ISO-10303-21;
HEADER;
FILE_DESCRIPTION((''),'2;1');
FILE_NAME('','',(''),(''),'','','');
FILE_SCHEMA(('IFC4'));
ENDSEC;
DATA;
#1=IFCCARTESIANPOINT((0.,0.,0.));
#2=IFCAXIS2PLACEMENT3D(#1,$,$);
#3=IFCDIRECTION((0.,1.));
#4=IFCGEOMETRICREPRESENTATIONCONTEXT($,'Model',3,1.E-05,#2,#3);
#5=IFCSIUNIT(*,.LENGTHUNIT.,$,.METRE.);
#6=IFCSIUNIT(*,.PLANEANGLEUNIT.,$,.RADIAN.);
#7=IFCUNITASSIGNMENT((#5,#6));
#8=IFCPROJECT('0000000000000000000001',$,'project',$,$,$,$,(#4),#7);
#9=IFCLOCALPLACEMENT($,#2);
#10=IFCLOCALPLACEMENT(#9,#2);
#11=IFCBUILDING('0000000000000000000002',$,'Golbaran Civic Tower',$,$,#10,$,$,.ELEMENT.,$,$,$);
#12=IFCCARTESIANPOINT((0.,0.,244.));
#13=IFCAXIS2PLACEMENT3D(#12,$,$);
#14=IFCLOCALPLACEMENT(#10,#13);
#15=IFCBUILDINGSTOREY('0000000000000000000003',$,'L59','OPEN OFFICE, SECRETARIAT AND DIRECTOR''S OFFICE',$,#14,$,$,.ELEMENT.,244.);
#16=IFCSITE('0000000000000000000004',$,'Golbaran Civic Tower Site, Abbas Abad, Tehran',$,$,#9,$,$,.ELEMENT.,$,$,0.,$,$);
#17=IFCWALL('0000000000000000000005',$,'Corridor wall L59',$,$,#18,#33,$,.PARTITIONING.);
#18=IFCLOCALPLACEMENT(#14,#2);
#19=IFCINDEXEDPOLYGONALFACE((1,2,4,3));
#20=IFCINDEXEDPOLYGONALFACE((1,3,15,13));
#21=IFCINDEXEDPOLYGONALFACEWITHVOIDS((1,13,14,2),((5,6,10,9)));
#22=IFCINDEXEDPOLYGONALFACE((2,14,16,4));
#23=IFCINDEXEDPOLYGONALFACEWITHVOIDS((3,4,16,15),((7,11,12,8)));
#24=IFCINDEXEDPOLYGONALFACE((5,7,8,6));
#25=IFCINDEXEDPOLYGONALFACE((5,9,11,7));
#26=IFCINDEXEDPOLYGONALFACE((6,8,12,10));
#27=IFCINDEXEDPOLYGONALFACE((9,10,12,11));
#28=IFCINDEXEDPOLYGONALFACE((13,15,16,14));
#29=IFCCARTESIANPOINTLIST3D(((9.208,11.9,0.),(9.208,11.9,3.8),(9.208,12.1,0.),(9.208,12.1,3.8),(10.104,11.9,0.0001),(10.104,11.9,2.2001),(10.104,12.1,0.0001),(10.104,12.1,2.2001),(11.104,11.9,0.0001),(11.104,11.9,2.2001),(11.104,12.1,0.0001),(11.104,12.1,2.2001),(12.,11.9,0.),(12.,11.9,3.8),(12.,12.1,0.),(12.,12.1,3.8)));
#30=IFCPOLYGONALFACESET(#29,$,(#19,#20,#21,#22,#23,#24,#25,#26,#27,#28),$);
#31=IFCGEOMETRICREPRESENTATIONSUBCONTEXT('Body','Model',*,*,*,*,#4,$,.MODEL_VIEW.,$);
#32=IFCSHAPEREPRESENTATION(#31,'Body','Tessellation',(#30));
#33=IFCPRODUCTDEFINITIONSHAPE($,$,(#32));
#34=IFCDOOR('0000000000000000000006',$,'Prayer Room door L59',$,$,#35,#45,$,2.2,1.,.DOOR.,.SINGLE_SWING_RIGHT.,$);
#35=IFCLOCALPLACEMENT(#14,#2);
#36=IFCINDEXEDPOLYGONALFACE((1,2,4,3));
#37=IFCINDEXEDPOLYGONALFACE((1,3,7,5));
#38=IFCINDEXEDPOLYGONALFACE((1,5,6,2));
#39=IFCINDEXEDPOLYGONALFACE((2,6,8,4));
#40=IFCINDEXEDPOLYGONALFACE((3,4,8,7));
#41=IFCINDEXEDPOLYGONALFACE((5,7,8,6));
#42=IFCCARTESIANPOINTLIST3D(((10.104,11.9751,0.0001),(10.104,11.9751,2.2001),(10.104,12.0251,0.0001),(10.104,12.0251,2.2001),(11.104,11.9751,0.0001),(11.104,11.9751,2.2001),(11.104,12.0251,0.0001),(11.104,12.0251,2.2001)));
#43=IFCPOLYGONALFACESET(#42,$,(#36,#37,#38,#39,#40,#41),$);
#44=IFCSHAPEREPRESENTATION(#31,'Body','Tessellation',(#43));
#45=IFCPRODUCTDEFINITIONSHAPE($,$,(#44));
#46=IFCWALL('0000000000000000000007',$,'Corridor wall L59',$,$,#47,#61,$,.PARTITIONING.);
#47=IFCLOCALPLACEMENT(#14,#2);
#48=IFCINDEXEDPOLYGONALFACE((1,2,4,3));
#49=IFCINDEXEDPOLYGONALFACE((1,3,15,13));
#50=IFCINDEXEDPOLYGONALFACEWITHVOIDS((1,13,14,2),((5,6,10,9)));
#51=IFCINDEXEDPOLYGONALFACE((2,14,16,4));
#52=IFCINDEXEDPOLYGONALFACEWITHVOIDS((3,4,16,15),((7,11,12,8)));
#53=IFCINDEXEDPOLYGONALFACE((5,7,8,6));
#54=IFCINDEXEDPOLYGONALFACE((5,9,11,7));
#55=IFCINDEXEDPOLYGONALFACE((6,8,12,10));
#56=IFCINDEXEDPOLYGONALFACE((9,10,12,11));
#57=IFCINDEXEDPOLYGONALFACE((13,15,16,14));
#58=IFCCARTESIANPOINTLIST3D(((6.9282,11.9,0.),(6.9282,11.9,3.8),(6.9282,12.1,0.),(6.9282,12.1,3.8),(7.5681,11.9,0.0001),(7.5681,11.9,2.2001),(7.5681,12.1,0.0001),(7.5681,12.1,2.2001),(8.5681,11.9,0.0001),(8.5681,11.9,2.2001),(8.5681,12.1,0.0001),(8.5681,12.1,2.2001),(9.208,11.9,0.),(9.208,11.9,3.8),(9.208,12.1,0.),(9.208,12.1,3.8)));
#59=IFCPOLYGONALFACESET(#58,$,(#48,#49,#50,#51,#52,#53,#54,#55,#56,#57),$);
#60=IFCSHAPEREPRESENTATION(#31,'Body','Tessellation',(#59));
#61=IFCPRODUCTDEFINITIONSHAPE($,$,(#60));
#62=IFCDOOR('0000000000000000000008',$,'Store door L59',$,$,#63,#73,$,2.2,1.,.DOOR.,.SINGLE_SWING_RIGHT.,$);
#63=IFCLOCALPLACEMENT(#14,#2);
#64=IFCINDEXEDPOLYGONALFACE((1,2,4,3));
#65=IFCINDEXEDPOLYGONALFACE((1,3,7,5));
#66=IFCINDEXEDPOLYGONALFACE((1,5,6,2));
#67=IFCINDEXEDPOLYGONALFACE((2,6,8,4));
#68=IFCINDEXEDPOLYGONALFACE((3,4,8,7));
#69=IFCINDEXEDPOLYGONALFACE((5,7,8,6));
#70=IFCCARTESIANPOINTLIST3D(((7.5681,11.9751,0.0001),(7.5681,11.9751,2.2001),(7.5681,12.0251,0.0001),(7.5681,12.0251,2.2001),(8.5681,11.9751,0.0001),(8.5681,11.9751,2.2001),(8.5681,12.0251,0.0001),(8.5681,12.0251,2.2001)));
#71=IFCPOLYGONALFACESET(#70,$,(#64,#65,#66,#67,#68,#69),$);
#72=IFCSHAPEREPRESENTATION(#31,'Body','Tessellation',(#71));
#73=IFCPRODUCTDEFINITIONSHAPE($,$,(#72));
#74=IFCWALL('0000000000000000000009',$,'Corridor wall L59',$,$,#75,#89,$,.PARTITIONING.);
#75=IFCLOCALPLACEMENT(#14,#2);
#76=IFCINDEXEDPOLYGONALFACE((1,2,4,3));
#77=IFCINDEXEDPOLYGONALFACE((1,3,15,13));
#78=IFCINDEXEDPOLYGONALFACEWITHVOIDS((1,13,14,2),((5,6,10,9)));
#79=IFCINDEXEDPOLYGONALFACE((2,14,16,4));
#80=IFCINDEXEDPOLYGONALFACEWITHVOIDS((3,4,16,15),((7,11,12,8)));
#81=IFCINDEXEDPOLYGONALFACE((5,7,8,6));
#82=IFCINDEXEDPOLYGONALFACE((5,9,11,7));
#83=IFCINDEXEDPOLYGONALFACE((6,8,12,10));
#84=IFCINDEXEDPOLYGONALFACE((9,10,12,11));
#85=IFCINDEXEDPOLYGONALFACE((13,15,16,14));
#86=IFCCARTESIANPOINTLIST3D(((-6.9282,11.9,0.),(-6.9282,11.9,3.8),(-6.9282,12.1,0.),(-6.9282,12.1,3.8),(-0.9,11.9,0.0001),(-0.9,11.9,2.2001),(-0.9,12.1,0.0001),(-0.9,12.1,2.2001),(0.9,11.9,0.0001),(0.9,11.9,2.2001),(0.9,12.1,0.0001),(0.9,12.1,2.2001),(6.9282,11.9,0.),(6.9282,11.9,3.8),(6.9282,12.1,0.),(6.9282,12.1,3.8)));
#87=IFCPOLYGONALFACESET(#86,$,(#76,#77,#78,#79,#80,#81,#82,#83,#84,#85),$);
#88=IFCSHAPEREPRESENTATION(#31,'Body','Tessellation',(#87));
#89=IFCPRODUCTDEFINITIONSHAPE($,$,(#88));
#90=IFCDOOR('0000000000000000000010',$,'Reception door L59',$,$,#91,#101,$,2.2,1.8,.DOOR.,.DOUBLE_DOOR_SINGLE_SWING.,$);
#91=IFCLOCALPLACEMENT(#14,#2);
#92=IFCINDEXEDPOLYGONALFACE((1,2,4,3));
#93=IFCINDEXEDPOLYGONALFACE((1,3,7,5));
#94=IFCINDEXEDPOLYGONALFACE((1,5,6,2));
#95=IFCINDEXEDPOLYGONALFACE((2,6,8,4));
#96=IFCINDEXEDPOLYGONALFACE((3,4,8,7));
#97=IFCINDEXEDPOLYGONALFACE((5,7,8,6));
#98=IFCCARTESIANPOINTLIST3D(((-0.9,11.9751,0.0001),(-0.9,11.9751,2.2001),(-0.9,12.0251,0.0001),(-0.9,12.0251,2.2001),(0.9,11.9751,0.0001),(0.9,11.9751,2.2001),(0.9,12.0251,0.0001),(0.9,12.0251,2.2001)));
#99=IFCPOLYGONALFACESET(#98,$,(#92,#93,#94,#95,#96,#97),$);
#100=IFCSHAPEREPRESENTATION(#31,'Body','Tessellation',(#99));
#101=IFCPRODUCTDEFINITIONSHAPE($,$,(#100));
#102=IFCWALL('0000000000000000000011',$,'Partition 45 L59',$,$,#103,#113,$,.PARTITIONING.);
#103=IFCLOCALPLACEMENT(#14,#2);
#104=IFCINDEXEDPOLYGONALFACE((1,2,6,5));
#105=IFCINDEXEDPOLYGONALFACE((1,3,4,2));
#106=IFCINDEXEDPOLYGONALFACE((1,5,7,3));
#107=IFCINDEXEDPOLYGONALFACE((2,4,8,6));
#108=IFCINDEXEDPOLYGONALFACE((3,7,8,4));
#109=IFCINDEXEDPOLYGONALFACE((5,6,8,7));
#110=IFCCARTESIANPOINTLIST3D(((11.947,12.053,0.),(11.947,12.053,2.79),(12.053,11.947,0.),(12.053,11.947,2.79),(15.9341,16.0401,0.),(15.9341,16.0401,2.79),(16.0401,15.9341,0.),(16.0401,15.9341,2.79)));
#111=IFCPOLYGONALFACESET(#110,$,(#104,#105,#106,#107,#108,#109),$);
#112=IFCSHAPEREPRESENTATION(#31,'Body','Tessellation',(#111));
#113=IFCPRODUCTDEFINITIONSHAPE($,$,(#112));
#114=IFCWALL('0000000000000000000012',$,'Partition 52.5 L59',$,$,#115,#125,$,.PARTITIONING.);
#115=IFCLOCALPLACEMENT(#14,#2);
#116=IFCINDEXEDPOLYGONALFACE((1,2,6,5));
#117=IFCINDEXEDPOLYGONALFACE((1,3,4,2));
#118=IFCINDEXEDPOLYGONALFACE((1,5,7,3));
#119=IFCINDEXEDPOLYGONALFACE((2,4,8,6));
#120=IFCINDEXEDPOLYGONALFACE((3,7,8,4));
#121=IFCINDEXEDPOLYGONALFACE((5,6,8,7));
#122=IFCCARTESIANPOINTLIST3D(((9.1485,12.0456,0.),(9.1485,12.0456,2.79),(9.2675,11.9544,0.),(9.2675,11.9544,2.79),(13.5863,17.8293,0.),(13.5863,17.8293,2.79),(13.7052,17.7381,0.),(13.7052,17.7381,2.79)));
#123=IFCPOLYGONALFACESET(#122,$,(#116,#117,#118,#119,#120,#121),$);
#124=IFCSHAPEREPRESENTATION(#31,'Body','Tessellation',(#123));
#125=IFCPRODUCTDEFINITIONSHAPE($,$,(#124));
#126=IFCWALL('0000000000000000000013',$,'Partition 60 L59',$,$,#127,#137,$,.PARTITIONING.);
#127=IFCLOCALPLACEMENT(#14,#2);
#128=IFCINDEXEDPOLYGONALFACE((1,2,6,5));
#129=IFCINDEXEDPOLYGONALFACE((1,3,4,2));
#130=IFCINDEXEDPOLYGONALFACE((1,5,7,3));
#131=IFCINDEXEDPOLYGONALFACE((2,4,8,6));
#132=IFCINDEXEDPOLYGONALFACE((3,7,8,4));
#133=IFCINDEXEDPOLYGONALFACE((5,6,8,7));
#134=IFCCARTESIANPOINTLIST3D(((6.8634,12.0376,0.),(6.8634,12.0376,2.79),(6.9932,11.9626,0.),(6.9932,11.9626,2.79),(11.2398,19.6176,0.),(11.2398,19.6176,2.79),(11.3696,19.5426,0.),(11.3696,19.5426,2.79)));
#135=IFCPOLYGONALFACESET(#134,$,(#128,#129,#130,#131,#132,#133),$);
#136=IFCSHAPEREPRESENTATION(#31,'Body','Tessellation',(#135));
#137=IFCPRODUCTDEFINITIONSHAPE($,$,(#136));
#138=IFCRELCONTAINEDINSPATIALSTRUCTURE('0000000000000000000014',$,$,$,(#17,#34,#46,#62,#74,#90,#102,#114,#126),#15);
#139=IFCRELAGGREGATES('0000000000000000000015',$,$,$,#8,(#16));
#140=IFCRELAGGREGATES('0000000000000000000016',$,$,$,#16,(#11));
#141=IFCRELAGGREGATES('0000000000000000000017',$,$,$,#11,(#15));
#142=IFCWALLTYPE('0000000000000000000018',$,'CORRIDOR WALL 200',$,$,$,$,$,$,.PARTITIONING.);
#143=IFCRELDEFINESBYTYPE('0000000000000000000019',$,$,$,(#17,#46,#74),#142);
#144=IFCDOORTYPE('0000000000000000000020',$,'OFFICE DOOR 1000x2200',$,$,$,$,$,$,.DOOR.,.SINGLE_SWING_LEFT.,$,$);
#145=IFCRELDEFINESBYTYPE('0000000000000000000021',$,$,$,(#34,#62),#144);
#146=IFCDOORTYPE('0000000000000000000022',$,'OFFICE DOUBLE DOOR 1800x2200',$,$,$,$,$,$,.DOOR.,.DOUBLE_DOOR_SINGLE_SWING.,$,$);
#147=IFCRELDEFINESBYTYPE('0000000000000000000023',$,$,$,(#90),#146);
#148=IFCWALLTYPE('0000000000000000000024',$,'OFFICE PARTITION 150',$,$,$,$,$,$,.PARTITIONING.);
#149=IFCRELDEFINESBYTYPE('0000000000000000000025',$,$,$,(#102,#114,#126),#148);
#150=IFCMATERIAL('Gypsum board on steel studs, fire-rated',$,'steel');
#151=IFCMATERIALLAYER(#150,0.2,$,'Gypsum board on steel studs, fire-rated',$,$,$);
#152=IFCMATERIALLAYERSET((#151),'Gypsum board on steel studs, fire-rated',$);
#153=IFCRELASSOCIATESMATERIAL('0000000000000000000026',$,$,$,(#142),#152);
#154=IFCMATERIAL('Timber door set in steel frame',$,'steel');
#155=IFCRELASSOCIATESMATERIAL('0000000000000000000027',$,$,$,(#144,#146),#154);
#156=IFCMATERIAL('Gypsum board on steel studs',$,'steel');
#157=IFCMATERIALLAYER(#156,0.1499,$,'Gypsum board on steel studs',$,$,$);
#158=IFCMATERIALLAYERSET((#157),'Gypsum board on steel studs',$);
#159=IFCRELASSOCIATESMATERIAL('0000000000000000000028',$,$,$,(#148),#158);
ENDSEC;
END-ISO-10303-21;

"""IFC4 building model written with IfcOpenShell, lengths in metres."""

from ifc_helpers import new_model, si_unit, direction, frame, frame_2d, origin, place, context, subcontext, project, spatial, rectangle, extrude, material, layer, layer_set, type_object, element, fill, save


model = new_model("IFC4")

# Units and contexts
model_context = context("Model", 3, precision=1e-05, world=origin(), true_north=direction((0.0, 1.0)))
body_context = subcontext(model_context, "Body", "Model", "MODEL_VIEW")
ifc_project = project(units=[si_unit("LENGTHUNIT", "METRE"), si_unit("PLANEANGLEUNIT", "RADIAN")], contexts=[model_context])

# Site, building, storey
site_placement = place(None, origin())
site = spatial("IfcSite", under=ifc_project, at=site_placement, Name="Golbaran Civic Tower Site, Abbas Abad, Tehran", CompositionType="ELEMENT", RefElevation=0.0)
building_placement = place(site_placement, origin())
building = spatial("IfcBuilding", under=site, at=building_placement, Name="Golbaran Civic Tower", CompositionType="ELEMENT")
storey_placement = place(building_placement, frame((0.0, 0.0, 244.0)))
storey = spatial("IfcBuildingStorey", under=building, at=storey_placement, Name="L59", Description="OPEN OFFICE, SECRETARIAT AND DIRECTOR'S OFFICE", CompositionType="ELEMENT", Elevation=244.0)

# Walls, openings, doors
ifc_material_1 = material(Name="Gypsum board on steel studs, fire-rated", Category="steel")
ifc_layer_1 = layer(ifc_material_1, 0.2, Name="Gypsum board on steel studs, fire-rated")
ifc_layer_set_1 = layer_set([ifc_layer_1], Name="Gypsum board on steel studs, fire-rated")
wall_type_1 = type_object("IfcWallType", Name="CORRIDOR WALL 200", PredefinedType="PARTITIONING", material=ifc_layer_set_1)
wall_1_placement = place(storey_placement, frame((12.0, 12.0, 0.0), z_axis=(0.0, 0.0, 1.0), x_axis=(-1.0, 0.0, 0.0)))
wall_1 = element("IfcWall", 1, at=wall_1_placement, inside=storey, type_object=wall_type_1, Name="Corridor wall L59", PredefinedType="PARTITIONING", context=body_context, shape_type="SweptSolid", body=[
    extrude(rectangle(XDim=2.792, YDim=0.2, at=frame_2d((1.396, 0.0))), origin(), (0.0, 0.0, 1.0), 3.8),
])
opening_1_placement = place(wall_1_placement, frame((0.896, 0.0, 0.0)))
opening_1 = element("IfcOpeningElement", 2, at=opening_1_placement, cuts=wall_1, PredefinedType="OPENING", context=body_context, shape_type="SweptSolid", body=[
    extrude(rectangle(XDim=1.0, YDim=2.2, at=frame_2d((0.5, 1.1001))), frame((0.0, 0.1099, 0.0), z_axis=(0.0, -1.0, 0.0), x_axis=(1.0, 0.0, 0.0)), (0.0, 0.0, 1.0), 0.22),
])
ifc_material_2 = material(Name="Timber door set in steel frame", Category="steel")
door_type_1 = type_object("IfcDoorType", Name="OFFICE DOOR 1000x2200", OperationType="SINGLE_SWING_LEFT", PredefinedType="DOOR", material=ifc_material_2)
door_1_placement = place(opening_1_placement, origin())
door_1 = element("IfcDoor", 3, at=door_1_placement, inside=storey, type_object=door_type_1, Name="Prayer Room door L59", OperationType="SINGLE_SWING_RIGHT", OverallHeight=2.2, OverallWidth=1.0, PredefinedType="DOOR", context=body_context, shape_type="SweptSolid", body=[
    extrude(rectangle(XDim=1.0, YDim=2.2, at=frame_2d((0.5, 1.1001))), frame((0.0, 0.0249, 0.0), z_axis=(0.0, -1.0, 0.0), x_axis=(1.0, 0.0, 0.0)), (0.0, 0.0, 1.0), 0.05),
])
fill(opening_1, door_1)
wall_2_placement = place(storey_placement, frame((9.208, 12.0, 0.0), z_axis=(0.0, 0.0, 1.0), x_axis=(-1.0, 0.0, 0.0)))
wall_2 = element("IfcWall", 4, at=wall_2_placement, inside=storey, type_object=wall_type_1, Name="Corridor wall L59", PredefinedType="PARTITIONING", context=body_context, shape_type="SweptSolid", body=[
    extrude(rectangle(XDim=2.2798, YDim=0.2, at=frame_2d((1.1399, 0.0))), origin(), (0.0, 0.0, 1.0), 3.8),
])
opening_2_placement = place(wall_2_placement, frame((0.6399, 0.0, 0.0)))
opening_2 = element("IfcOpeningElement", 5, at=opening_2_placement, cuts=wall_2, PredefinedType="OPENING", context=body_context, shape_type="SweptSolid", body=[
    extrude(rectangle(XDim=1.0, YDim=2.2, at=frame_2d((0.5, 1.1001))), frame((0.0, 0.1099, 0.0), z_axis=(0.0, -1.0, 0.0), x_axis=(1.0, 0.0, 0.0)), (0.0, 0.0, 1.0), 0.22),
])
door_2_placement = place(opening_2_placement, origin())
door_2 = element("IfcDoor", 6, at=door_2_placement, inside=storey, type_object=door_type_1, Name="Store door L59", OperationType="SINGLE_SWING_RIGHT", OverallHeight=2.2, OverallWidth=1.0, PredefinedType="DOOR", context=body_context, shape_type="SweptSolid", body=[
    extrude(rectangle(XDim=1.0, YDim=2.2, at=frame_2d((0.5, 1.1001))), frame((0.0, 0.0249, 0.0), z_axis=(0.0, -1.0, 0.0), x_axis=(1.0, 0.0, 0.0)), (0.0, 0.0, 1.0), 0.05),
])
fill(opening_2, door_2)
wall_3_placement = place(storey_placement, frame((6.9282, 12.0, 0.0), z_axis=(0.0, 0.0, 1.0), x_axis=(-1.0, 0.0, 0.0)))
wall_3 = element("IfcWall", 7, at=wall_3_placement, inside=storey, type_object=wall_type_1, Name="Corridor wall L59", PredefinedType="PARTITIONING", context=body_context, shape_type="SweptSolid", body=[
    extrude(rectangle(XDim=13.8564, YDim=0.2, at=frame_2d((6.9282, 0.0))), origin(), (0.0, 0.0, 1.0), 3.8),
])
opening_3_placement = place(wall_3_placement, frame((6.0283, 0.0, 0.0)))
opening_3 = element("IfcOpeningElement", 8, at=opening_3_placement, cuts=wall_3, PredefinedType="OPENING", context=body_context, shape_type="SweptSolid", body=[
    extrude(rectangle(XDim=1.8, YDim=2.2, at=frame_2d((0.8999, 1.1001))), frame((0.0, 0.1099, 0.0), z_axis=(0.0, -1.0, 0.0), x_axis=(1.0, 0.0, 0.0)), (0.0, 0.0, 1.0), 0.22),
])
door_type_2 = type_object("IfcDoorType", Name="OFFICE DOUBLE DOOR 1800x2200", OperationType="DOUBLE_DOOR_SINGLE_SWING", PredefinedType="DOOR", material=ifc_material_2)
door_3_placement = place(opening_3_placement, origin())
door_3 = element("IfcDoor", 9, at=door_3_placement, inside=storey, type_object=door_type_2, Name="Reception door L59", OperationType="DOUBLE_DOOR_SINGLE_SWING", OverallHeight=2.2, OverallWidth=1.8, PredefinedType="DOOR", context=body_context, shape_type="SweptSolid", body=[
    extrude(rectangle(XDim=1.8, YDim=2.2, at=frame_2d((0.8999, 1.1001))), frame((0.0, 0.0249, 0.0), z_axis=(0.0, -1.0, 0.0), x_axis=(1.0, 0.0, 0.0)), (0.0, 0.0, 1.0), 0.05),
])
fill(opening_3, door_3)

# Walls
ifc_material_3 = material(Name="Gypsum board on steel studs", Category="steel")
ifc_layer_2 = layer(ifc_material_3, 0.1499, Name="Gypsum board on steel studs")
ifc_layer_set_2 = layer_set([ifc_layer_2], Name="Gypsum board on steel studs")
wall_type_2 = type_object("IfcWallType", Name="OFFICE PARTITION 150", PredefinedType="PARTITIONING", material=ifc_layer_set_2)
wall_4_placement = place(storey_placement, frame((12.0, 12.0, 0.0), z_axis=(0.0, 0.0, 1.0), x_axis=(0.707107, 0.707107, 0.0)))
element("IfcWall", 10, at=wall_4_placement, inside=storey, type_object=wall_type_2, Name="Partition 45 L59", PredefinedType="PARTITIONING", context=body_context, shape_type="SweptSolid", body=[
    extrude(rectangle(XDim=5.6387, YDim=0.1499, at=frame_2d((2.8193, 0.0))), origin(), (0.0, 0.0, 1.0), 2.79),
])
wall_5_placement = place(storey_placement, frame((9.208, 12.0, 0.0), z_axis=(0.0, 0.0, 1.0), x_axis=(0.608741, 0.793369, 0.0)))
element("IfcWall", 11, at=wall_5_placement, inside=storey, type_object=wall_type_2, Name="Partition 52.5 L59", PredefinedType="PARTITIONING", context=body_context, shape_type="SweptSolid", body=[
    extrude(rectangle(XDim=7.29, YDim=0.1499, at=frame_2d((3.645, 0.0))), origin(), (0.0, 0.0, 1.0), 2.79),
])
wall_6_placement = place(storey_placement, frame((6.9282, 12.0, 0.0), z_axis=(0.0, 0.0, 1.0), x_axis=(0.500009, 0.86602, 0.0)))
element("IfcWall", 12, at=wall_6_placement, inside=storey, type_object=wall_type_2, Name="Partition 60 L59", PredefinedType="PARTITIONING", context=body_context, shape_type="SweptSolid", body=[
    extrude(rectangle(XDim=8.7527, YDim=0.1499, at=frame_2d((4.3765, 0.0))), origin(), (0.0, 0.0, 1.0), 2.79),
])

save(model, "model.ifc")
